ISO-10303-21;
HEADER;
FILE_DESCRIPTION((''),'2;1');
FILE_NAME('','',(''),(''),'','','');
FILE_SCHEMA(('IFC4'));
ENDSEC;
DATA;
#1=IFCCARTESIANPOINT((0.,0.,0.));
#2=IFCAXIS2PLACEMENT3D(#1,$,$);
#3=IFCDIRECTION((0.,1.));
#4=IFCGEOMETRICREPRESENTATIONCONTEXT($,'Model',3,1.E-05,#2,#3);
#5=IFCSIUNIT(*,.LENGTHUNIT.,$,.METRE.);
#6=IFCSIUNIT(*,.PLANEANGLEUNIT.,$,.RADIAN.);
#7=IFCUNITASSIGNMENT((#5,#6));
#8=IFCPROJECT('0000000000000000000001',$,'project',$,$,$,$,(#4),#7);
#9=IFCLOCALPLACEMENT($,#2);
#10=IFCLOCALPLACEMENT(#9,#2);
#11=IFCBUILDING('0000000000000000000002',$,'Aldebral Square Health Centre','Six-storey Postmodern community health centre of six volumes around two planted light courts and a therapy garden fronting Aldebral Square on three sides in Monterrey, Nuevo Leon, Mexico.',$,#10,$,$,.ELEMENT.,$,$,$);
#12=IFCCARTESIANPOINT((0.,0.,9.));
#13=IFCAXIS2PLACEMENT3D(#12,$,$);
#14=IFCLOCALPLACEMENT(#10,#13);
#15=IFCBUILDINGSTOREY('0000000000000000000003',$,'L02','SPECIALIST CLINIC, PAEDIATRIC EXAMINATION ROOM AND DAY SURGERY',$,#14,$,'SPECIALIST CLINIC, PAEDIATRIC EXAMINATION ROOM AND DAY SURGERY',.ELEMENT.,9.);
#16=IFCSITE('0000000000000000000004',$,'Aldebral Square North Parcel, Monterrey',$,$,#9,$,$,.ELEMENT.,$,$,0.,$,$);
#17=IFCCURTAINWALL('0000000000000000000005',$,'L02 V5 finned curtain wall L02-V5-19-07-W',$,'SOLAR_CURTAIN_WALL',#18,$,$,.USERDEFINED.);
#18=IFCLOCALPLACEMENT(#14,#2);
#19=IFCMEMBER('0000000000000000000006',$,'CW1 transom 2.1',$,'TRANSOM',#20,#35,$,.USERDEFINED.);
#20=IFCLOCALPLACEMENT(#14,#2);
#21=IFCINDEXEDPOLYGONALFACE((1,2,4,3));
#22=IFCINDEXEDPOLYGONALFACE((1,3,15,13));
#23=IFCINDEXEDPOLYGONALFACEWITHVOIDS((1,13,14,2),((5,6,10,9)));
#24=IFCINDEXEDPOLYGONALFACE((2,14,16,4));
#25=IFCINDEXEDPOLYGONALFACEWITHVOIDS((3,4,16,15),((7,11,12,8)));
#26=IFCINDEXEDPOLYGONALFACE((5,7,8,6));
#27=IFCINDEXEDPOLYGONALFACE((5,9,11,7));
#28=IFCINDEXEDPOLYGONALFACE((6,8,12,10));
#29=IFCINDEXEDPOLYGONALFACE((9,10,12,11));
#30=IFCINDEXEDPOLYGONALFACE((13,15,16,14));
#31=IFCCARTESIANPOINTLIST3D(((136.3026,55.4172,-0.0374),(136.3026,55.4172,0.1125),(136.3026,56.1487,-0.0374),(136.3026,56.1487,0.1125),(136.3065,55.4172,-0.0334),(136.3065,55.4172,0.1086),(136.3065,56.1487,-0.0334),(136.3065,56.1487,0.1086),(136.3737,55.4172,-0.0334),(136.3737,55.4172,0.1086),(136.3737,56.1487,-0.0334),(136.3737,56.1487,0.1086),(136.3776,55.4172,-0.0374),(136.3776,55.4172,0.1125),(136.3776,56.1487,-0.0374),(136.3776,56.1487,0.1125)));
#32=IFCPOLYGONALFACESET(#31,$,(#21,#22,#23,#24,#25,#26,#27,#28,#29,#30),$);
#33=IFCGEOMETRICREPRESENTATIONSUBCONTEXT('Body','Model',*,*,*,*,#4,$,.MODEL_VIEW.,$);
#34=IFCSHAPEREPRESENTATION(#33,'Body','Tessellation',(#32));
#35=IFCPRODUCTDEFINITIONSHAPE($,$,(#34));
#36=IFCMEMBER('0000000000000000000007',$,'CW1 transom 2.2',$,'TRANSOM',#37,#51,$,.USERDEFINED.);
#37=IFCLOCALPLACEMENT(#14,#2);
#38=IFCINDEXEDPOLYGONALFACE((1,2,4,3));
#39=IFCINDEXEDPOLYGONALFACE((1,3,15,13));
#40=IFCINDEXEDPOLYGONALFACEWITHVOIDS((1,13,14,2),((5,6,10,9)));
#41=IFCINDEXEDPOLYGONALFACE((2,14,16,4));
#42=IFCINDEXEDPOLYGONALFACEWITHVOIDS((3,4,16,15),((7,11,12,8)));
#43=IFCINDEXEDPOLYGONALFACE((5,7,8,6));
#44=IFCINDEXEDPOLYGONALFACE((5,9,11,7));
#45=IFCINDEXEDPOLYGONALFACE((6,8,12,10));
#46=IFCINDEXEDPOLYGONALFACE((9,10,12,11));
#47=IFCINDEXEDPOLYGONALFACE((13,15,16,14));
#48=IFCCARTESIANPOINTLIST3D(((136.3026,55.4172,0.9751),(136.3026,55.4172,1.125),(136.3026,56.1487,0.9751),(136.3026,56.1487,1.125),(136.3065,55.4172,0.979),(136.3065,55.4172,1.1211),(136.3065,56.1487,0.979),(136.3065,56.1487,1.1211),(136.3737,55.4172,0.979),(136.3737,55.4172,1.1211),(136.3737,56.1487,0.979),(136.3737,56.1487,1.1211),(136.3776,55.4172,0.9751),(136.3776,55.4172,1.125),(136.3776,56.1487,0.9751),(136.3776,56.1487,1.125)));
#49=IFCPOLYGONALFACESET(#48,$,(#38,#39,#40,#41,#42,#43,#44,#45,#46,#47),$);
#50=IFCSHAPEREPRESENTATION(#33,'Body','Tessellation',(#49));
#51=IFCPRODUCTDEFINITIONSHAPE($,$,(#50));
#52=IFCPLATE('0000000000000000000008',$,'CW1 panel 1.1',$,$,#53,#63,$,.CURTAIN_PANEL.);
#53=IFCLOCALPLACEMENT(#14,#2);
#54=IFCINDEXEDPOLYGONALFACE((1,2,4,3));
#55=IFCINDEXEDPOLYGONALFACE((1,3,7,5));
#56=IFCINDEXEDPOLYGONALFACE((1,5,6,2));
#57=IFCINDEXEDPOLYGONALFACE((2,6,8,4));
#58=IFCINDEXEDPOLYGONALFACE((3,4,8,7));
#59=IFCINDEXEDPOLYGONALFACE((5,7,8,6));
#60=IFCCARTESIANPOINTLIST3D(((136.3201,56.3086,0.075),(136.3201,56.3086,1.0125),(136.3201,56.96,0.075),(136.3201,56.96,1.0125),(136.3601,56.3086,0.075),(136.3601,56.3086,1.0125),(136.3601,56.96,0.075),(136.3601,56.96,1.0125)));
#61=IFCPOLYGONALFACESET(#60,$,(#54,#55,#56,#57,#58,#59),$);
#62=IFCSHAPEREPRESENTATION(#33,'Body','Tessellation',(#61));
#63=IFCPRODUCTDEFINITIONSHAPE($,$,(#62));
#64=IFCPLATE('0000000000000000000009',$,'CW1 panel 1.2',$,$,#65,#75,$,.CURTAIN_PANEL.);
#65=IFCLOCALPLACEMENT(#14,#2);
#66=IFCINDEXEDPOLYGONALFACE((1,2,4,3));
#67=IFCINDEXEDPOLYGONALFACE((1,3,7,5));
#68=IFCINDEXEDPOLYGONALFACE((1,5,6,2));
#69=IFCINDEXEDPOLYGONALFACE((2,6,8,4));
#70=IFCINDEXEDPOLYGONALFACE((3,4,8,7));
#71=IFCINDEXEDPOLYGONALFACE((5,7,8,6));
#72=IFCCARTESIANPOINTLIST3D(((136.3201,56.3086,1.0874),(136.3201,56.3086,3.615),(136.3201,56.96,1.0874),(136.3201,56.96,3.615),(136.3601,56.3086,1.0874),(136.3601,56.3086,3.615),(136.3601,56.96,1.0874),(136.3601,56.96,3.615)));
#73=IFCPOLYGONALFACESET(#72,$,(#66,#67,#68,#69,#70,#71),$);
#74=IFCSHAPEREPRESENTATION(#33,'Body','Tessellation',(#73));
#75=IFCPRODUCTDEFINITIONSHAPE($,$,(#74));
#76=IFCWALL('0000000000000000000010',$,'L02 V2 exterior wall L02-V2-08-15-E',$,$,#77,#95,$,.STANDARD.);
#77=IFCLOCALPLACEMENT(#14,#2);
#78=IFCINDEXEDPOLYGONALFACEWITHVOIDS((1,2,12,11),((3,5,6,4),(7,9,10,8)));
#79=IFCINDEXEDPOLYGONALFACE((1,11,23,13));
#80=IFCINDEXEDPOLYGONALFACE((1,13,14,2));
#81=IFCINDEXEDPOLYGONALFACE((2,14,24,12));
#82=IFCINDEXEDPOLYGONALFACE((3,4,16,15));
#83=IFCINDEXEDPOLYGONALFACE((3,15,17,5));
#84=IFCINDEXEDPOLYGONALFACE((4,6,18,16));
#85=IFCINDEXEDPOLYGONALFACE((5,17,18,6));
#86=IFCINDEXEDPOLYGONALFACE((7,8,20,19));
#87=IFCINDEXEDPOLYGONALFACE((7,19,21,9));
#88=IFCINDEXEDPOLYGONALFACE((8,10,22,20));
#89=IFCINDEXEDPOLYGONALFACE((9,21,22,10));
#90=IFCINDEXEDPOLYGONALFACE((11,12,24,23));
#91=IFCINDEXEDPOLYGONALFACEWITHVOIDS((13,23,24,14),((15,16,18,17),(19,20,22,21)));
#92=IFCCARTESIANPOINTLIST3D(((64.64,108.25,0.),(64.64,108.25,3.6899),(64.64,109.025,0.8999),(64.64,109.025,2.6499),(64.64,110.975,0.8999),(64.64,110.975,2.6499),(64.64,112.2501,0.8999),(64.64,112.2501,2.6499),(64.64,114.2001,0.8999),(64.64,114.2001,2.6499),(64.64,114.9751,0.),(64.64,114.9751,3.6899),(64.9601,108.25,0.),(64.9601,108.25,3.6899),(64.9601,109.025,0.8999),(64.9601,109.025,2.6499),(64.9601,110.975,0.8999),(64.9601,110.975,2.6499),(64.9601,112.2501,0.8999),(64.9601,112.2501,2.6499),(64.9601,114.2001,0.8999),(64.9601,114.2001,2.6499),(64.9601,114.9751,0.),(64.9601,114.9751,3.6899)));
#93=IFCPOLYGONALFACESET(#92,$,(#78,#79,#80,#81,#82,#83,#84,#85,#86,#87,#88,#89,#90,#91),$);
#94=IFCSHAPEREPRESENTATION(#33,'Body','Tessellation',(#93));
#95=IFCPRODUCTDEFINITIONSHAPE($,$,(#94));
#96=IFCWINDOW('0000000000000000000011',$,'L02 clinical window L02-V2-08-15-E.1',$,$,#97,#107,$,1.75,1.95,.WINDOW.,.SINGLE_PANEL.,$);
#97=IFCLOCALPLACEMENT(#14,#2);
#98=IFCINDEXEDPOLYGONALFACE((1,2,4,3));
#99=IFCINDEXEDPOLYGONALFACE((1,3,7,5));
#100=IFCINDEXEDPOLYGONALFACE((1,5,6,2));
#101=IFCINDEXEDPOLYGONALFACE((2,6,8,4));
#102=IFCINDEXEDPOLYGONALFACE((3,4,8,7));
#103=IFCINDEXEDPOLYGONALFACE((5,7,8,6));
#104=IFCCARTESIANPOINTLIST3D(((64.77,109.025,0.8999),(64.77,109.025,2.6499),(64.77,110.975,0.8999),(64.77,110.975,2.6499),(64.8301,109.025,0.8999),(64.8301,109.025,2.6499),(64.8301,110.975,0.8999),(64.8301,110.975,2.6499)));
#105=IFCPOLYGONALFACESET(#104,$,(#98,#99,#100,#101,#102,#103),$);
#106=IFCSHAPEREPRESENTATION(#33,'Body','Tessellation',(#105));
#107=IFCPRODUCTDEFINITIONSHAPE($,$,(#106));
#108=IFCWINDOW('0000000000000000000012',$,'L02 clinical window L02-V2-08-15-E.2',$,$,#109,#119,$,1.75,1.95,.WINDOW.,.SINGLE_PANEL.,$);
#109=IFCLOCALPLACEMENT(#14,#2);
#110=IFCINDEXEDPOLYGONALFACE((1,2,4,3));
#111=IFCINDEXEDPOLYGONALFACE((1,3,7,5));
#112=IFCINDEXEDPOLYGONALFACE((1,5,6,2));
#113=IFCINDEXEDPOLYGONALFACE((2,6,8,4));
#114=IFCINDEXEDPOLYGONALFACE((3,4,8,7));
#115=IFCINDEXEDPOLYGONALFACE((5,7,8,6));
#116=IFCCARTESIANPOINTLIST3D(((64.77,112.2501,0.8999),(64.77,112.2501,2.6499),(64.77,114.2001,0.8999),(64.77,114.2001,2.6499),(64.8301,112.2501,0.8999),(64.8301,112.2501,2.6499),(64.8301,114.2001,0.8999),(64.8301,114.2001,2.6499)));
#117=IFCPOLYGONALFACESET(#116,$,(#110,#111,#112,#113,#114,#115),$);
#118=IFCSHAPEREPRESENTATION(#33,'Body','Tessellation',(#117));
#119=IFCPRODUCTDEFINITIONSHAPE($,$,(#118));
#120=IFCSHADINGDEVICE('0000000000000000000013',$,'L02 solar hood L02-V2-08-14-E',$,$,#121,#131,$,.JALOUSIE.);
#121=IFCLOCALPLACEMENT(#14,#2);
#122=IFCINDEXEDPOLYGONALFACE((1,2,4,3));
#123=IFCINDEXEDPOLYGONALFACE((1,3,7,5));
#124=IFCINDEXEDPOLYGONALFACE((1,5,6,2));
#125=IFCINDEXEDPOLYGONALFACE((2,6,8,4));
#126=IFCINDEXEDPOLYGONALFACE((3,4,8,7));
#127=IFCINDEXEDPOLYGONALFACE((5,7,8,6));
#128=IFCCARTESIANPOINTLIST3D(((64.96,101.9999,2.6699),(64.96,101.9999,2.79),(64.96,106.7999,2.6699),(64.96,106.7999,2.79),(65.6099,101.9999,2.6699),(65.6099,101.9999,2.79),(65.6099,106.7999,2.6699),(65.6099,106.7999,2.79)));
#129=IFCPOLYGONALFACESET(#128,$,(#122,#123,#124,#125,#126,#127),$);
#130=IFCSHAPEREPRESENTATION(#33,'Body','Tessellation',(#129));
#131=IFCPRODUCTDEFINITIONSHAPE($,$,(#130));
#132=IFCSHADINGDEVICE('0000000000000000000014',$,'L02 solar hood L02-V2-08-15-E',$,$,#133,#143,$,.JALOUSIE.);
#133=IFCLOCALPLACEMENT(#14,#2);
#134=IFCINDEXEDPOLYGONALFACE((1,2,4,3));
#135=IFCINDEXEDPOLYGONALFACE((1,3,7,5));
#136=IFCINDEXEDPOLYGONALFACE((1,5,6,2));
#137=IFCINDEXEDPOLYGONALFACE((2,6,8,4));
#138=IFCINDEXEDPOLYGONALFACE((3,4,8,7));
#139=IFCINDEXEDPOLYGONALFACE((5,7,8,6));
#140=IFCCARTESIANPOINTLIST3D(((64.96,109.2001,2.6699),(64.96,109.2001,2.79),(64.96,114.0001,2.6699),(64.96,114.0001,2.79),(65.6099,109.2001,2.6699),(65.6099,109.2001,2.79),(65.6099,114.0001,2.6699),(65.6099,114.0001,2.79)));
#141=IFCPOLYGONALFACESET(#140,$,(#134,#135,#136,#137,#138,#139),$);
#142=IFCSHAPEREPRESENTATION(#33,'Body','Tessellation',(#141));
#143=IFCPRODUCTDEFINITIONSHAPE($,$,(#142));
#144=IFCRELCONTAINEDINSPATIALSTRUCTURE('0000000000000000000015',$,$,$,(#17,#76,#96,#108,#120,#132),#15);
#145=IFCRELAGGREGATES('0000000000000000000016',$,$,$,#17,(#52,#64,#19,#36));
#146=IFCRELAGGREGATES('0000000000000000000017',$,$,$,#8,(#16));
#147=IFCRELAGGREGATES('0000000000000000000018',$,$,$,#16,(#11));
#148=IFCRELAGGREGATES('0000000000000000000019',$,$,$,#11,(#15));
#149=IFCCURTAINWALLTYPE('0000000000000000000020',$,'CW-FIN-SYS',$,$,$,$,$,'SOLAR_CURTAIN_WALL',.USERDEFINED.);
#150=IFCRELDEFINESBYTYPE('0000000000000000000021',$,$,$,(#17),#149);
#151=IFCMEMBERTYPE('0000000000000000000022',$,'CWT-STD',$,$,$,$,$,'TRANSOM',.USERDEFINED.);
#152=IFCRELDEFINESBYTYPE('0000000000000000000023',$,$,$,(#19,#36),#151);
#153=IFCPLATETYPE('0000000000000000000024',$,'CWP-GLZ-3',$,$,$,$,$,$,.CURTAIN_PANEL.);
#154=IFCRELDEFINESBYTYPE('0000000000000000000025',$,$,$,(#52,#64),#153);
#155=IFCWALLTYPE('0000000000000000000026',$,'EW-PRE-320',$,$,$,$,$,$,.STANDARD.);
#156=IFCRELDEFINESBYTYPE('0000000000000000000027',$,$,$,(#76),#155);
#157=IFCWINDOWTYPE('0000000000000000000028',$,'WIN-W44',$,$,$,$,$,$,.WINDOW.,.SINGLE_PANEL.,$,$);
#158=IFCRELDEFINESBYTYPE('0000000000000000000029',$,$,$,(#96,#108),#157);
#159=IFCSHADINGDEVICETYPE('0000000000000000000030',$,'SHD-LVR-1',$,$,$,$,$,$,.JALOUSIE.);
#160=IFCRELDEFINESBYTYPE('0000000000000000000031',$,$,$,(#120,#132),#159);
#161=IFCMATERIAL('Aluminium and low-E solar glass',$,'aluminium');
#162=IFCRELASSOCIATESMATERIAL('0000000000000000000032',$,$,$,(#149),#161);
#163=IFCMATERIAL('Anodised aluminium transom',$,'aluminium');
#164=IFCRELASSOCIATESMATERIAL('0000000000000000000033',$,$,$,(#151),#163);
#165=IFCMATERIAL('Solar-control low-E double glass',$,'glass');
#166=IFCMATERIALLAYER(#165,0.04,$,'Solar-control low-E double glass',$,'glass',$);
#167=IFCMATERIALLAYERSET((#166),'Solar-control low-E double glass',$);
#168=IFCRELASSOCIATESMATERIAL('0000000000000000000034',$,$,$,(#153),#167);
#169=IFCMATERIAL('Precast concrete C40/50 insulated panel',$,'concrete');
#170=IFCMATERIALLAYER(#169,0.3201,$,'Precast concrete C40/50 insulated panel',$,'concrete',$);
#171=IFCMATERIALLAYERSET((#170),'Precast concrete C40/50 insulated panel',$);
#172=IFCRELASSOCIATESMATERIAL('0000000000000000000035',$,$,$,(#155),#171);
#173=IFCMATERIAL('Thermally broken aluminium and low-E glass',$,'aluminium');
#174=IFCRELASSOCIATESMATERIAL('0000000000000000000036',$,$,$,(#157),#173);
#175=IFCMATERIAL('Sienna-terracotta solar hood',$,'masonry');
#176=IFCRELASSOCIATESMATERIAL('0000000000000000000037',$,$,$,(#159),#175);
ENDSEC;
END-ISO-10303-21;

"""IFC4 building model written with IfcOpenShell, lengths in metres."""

from ifc_helpers import new_model, si_unit, direction, frame, frame_2d, origin, origin_2d, place, context, subcontext, project, spatial, rectangle, hollow_rectangle, extrude, material, layer, layer_set, material_profile, profile_set, type_object, element, fill, aggregate, save


model = new_model("IFC4")

# Units and contexts
model_context = context("Model", 3, precision=1e-05, world=origin(), true_north=direction((0.0, 1.0)))
body_context = subcontext(model_context, "Body", "Model", "MODEL_VIEW")
ifc_project = project(units=[si_unit("LENGTHUNIT", "METRE"), si_unit("PLANEANGLEUNIT", "RADIAN")], contexts=[model_context])

# Site, building, storey
site_placement = place(None, origin())
site = spatial("IfcSite", under=ifc_project, at=site_placement, Name="Aldebral Square North Parcel, Monterrey", CompositionType="ELEMENT", RefElevation=0.0)
building_placement = place(site_placement, origin())
building = spatial("IfcBuilding", under=site, at=building_placement, Name="Aldebral Square Health Centre", Description="Six-storey Postmodern community health centre of six volumes around two planted light courts and a therapy garden fronting Aldebral Square on three sides in Monterrey, Nuevo Leon, Mexico.", CompositionType="ELEMENT")
storey_placement = place(building_placement, frame((0.0, 0.0, 9.0)))
storey = spatial("IfcBuildingStorey", under=building, at=storey_placement, Name="L02", Description="SPECIALIST CLINIC, PAEDIATRIC EXAMINATION ROOM AND DAY SURGERY", LongName="SPECIALIST CLINIC, PAEDIATRIC EXAMINATION ROOM AND DAY SURGERY", CompositionType="ELEMENT", Elevation=9.0)

# Curtain wall, members, plates
ifc_material_1 = material(Name="Aluminium and low-E solar glass", Category="aluminium")
curtain_wall_type = type_object("IfcCurtainWallType", Name="CW-FIN-SYS", ElementType="SOLAR_CURTAIN_WALL", PredefinedType="USERDEFINED", material=ifc_material_1)
curtain_wall_placement = place(storey_placement, origin())
curtain_wall = element("IfcCurtainWall", 1, at=curtain_wall_placement, inside=storey, type_object=curtain_wall_type, Name="L02 V5 finned curtain wall L02-V5-19-07-W", ObjectType="SOLAR_CURTAIN_WALL", PredefinedType="USERDEFINED")
ifc_material_2 = material(Name="Anodised aluminium transom", Category="aluminium")
ifc_material_profile_1 = material_profile(ifc_material_2, hollow_rectangle(XDim=0.075, YDim=0.1499, WallThickness=0.0039, at=origin_2d()), Name="CWT 75x150x4")
ifc_profile_set_1 = profile_set([ifc_material_profile_1], Name="Anodised aluminium transom")
member_type_1 = type_object("IfcMemberType", Name="CWT-STD", ElementType="TRANSOM", PredefinedType="USERDEFINED", material=ifc_profile_set_1)
member_1_placement = place(storey_placement, frame((136.3401, 56.1487, 0.0376), z_axis=(0.0, -1.0, 0.0), x_axis=(1.0, 0.0, 0.0)))
member_1 = element("IfcMember", 2, at=member_1_placement, type_object=member_type_1, Name="CW1 transom 2.1", ObjectType="TRANSOM", PredefinedType="USERDEFINED", context=body_context, shape_type="SweptSolid", body=[
    extrude(hollow_rectangle(XDim=0.075, YDim=0.1499, WallThickness=0.0039, at=origin_2d()), origin(), (0.0, 0.0, 1.0), 0.7314),
])
member_2_placement = place(storey_placement, frame((136.3401, 56.1487, 1.05), z_axis=(0.0, -1.0, 0.0), x_axis=(1.0, 0.0, 0.0)))
member_2 = element("IfcMember", 3, at=member_2_placement, type_object=member_type_1, Name="CW1 transom 2.2", ObjectType="TRANSOM", PredefinedType="USERDEFINED", context=body_context, shape_type="SweptSolid", body=[
    extrude(hollow_rectangle(XDim=0.075, YDim=0.1499, WallThickness=0.0039, at=origin_2d()), origin(), (0.0, 0.0, 1.0), 0.7314),
])
ifc_material_3 = material(Name="Solar-control low-E double glass", Category="glass")
ifc_layer_1 = layer(ifc_material_3, 0.04, Name="Solar-control low-E double glass", Category="glass")
ifc_layer_set_1 = layer_set([ifc_layer_1], Name="Solar-control low-E double glass")
plate_type = type_object("IfcPlateType", Name="CWP-GLZ-3", PredefinedType="CURTAIN_PANEL", material=ifc_layer_set_1)
plate_1_placement = place(storey_placement, frame((136.3401, 56.6343, 0.075), z_axis=(0.0, 0.0, 1.0), x_axis=(0.0, -1.0, 0.0)))
plate_1 = element("IfcPlate", 4, at=plate_1_placement, type_object=plate_type, Name="CW1 panel 1.1", PredefinedType="CURTAIN_PANEL", context=body_context, shape_type="SweptSolid", body=[
    extrude(rectangle(XDim=0.6514, YDim=0.04, at=origin_2d()), origin(), (0.0, 0.0, 1.0), 0.9375),
])
plate_2_placement = place(storey_placement, frame((136.3401, 56.6343, 1.0874), z_axis=(0.0, 0.0, 1.0), x_axis=(0.0, -1.0, 0.0)))
plate_2 = element("IfcPlate", 5, at=plate_2_placement, type_object=plate_type, Name="CW1 panel 1.2", PredefinedType="CURTAIN_PANEL", context=body_context, shape_type="SweptSolid", body=[
    extrude(rectangle(XDim=0.6514, YDim=0.04, at=origin_2d()), origin(), (0.0, 0.0, 1.0), 2.5276),
])
aggregate(curtain_wall, [plate_1, plate_2, member_1, member_2])

# Wall, openings, windows
ifc_material_4 = material(Name="Precast concrete C40/50 insulated panel", Category="concrete")
ifc_layer_2 = layer(ifc_material_4, 0.3201, Name="Precast concrete C40/50 insulated panel", Category="concrete")
ifc_layer_set_2 = layer_set([ifc_layer_2], Name="Precast concrete C40/50 insulated panel")
wall_type = type_object("IfcWallType", Name="EW-PRE-320", PredefinedType="STANDARD", material=ifc_layer_set_2)
wall_placement = place(storey_placement, frame((64.8, 108.25, 0.0), z_axis=(0.0, 0.0, 1.0), x_axis=(0.0, 1.0, 0.0)))
wall = element("IfcWall", 6, at=wall_placement, inside=storey, type_object=wall_type, Name="L02 V2 exterior wall L02-V2-08-15-E", PredefinedType="STANDARD", context=body_context, shape_type="SweptSolid", body=[
    extrude(rectangle(XDim=6.7251, YDim=0.3201, at=frame_2d((3.3625, 0.0))), origin(), (0.0, 0.0, 1.0), 3.6899),
])
opening_1_placement = place(wall_placement, frame((0.7749, 0.0, 0.8999)))
opening_1 = element("IfcOpeningElement", 7, at=opening_1_placement, cuts=wall, PredefinedType="OPENING", context=body_context, shape_type="SweptSolid", body=[
    extrude(rectangle(XDim=1.95, YDim=1.75, at=frame_2d((0.9751, 0.875))), frame((0.0, 0.1699, 0.0), z_axis=(0.0, -1.0, 0.0), x_axis=(1.0, 0.0, 0.0)), (0.0, 0.0, 1.0), 0.3401),
])
opening_2_placement = place(wall_placement, frame((4.0, 0.0, 0.8999)))
opening_2 = element("IfcOpeningElement", 8, at=opening_2_placement, cuts=wall, PredefinedType="OPENING", context=body_context, shape_type="SweptSolid", body=[
    extrude(rectangle(XDim=1.95, YDim=1.75, at=frame_2d((0.9751, 0.875))), frame((0.0, 0.1699, 0.0), z_axis=(0.0, -1.0, 0.0), x_axis=(1.0, 0.0, 0.0)), (0.0, 0.0, 1.0), 0.3401),
])
ifc_material_5 = material(Name="Thermally broken aluminium and low-E glass", Category="aluminium")
window_type = type_object("IfcWindowType", Name="WIN-W44", PartitioningType="SINGLE_PANEL", PredefinedType="WINDOW", material=ifc_material_5)
window_1_placement = place(opening_1_placement, origin())
window_1 = element("IfcWindow", 9, at=window_1_placement, inside=storey, type_object=window_type, Name="L02 clinical window L02-V2-08-15-E.1", OverallHeight=1.75, OverallWidth=1.95, PartitioningType="SINGLE_PANEL", PredefinedType="WINDOW", context=body_context, shape_type="SweptSolid", body=[
    extrude(rectangle(XDim=1.95, YDim=1.75, at=frame_2d((0.9751, 0.875))), frame((0.0, 0.03, 0.0), z_axis=(0.0, -1.0, 0.0), x_axis=(1.0, 0.0, 0.0)), (0.0, 0.0, 1.0), 0.0601),
])
fill(opening_1, window_1)
window_2_placement = place(opening_2_placement, origin())
window_2 = element("IfcWindow", 10, at=window_2_placement, inside=storey, type_object=window_type, Name="L02 clinical window L02-V2-08-15-E.2", OverallHeight=1.75, OverallWidth=1.95, PartitioningType="SINGLE_PANEL", PredefinedType="WINDOW", context=body_context, shape_type="SweptSolid", body=[
    extrude(rectangle(XDim=1.95, YDim=1.75, at=frame_2d((0.9751, 0.875))), frame((0.0, 0.03, 0.0), z_axis=(0.0, -1.0, 0.0), x_axis=(1.0, 0.0, 0.0)), (0.0, 0.0, 1.0), 0.0601),
])
fill(opening_2, window_2)

# Shading devices
ifc_material_6 = material(Name="Sienna-terracotta solar hood", Category="masonry")
shading_device_type = type_object("IfcShadingDeviceType", Name="SHD-LVR-1", PredefinedType="JALOUSIE", material=ifc_material_6)
for number, where, z_axis, x_axis, name in (
    (11, (65.2849, 104.3999, 2.6699), (0.0, 0.0, 1.0), (0.0, 1.0, 0.0), "L02 solar hood L02-V2-08-14-E"),
    (12, (65.2849, 111.6001, 2.6699), (0.0, 0.0, 1.0), (0.0, 1.0, 0.0), "L02 solar hood L02-V2-08-15-E"),
):
    element("IfcShadingDevice", number, at=place(storey_placement, frame(where, z_axis=z_axis, x_axis=x_axis)), inside=storey, type_object=shading_device_type, Name=name, PredefinedType="JALOUSIE", context=body_context, shape_type="SweptSolid", body=[
        extrude(rectangle(XDim=4.8, YDim=0.6499, at=origin_2d()), origin(), (0.0, 0.0, 1.0), 0.1201),
    ])

save(model, "model.ifc")
